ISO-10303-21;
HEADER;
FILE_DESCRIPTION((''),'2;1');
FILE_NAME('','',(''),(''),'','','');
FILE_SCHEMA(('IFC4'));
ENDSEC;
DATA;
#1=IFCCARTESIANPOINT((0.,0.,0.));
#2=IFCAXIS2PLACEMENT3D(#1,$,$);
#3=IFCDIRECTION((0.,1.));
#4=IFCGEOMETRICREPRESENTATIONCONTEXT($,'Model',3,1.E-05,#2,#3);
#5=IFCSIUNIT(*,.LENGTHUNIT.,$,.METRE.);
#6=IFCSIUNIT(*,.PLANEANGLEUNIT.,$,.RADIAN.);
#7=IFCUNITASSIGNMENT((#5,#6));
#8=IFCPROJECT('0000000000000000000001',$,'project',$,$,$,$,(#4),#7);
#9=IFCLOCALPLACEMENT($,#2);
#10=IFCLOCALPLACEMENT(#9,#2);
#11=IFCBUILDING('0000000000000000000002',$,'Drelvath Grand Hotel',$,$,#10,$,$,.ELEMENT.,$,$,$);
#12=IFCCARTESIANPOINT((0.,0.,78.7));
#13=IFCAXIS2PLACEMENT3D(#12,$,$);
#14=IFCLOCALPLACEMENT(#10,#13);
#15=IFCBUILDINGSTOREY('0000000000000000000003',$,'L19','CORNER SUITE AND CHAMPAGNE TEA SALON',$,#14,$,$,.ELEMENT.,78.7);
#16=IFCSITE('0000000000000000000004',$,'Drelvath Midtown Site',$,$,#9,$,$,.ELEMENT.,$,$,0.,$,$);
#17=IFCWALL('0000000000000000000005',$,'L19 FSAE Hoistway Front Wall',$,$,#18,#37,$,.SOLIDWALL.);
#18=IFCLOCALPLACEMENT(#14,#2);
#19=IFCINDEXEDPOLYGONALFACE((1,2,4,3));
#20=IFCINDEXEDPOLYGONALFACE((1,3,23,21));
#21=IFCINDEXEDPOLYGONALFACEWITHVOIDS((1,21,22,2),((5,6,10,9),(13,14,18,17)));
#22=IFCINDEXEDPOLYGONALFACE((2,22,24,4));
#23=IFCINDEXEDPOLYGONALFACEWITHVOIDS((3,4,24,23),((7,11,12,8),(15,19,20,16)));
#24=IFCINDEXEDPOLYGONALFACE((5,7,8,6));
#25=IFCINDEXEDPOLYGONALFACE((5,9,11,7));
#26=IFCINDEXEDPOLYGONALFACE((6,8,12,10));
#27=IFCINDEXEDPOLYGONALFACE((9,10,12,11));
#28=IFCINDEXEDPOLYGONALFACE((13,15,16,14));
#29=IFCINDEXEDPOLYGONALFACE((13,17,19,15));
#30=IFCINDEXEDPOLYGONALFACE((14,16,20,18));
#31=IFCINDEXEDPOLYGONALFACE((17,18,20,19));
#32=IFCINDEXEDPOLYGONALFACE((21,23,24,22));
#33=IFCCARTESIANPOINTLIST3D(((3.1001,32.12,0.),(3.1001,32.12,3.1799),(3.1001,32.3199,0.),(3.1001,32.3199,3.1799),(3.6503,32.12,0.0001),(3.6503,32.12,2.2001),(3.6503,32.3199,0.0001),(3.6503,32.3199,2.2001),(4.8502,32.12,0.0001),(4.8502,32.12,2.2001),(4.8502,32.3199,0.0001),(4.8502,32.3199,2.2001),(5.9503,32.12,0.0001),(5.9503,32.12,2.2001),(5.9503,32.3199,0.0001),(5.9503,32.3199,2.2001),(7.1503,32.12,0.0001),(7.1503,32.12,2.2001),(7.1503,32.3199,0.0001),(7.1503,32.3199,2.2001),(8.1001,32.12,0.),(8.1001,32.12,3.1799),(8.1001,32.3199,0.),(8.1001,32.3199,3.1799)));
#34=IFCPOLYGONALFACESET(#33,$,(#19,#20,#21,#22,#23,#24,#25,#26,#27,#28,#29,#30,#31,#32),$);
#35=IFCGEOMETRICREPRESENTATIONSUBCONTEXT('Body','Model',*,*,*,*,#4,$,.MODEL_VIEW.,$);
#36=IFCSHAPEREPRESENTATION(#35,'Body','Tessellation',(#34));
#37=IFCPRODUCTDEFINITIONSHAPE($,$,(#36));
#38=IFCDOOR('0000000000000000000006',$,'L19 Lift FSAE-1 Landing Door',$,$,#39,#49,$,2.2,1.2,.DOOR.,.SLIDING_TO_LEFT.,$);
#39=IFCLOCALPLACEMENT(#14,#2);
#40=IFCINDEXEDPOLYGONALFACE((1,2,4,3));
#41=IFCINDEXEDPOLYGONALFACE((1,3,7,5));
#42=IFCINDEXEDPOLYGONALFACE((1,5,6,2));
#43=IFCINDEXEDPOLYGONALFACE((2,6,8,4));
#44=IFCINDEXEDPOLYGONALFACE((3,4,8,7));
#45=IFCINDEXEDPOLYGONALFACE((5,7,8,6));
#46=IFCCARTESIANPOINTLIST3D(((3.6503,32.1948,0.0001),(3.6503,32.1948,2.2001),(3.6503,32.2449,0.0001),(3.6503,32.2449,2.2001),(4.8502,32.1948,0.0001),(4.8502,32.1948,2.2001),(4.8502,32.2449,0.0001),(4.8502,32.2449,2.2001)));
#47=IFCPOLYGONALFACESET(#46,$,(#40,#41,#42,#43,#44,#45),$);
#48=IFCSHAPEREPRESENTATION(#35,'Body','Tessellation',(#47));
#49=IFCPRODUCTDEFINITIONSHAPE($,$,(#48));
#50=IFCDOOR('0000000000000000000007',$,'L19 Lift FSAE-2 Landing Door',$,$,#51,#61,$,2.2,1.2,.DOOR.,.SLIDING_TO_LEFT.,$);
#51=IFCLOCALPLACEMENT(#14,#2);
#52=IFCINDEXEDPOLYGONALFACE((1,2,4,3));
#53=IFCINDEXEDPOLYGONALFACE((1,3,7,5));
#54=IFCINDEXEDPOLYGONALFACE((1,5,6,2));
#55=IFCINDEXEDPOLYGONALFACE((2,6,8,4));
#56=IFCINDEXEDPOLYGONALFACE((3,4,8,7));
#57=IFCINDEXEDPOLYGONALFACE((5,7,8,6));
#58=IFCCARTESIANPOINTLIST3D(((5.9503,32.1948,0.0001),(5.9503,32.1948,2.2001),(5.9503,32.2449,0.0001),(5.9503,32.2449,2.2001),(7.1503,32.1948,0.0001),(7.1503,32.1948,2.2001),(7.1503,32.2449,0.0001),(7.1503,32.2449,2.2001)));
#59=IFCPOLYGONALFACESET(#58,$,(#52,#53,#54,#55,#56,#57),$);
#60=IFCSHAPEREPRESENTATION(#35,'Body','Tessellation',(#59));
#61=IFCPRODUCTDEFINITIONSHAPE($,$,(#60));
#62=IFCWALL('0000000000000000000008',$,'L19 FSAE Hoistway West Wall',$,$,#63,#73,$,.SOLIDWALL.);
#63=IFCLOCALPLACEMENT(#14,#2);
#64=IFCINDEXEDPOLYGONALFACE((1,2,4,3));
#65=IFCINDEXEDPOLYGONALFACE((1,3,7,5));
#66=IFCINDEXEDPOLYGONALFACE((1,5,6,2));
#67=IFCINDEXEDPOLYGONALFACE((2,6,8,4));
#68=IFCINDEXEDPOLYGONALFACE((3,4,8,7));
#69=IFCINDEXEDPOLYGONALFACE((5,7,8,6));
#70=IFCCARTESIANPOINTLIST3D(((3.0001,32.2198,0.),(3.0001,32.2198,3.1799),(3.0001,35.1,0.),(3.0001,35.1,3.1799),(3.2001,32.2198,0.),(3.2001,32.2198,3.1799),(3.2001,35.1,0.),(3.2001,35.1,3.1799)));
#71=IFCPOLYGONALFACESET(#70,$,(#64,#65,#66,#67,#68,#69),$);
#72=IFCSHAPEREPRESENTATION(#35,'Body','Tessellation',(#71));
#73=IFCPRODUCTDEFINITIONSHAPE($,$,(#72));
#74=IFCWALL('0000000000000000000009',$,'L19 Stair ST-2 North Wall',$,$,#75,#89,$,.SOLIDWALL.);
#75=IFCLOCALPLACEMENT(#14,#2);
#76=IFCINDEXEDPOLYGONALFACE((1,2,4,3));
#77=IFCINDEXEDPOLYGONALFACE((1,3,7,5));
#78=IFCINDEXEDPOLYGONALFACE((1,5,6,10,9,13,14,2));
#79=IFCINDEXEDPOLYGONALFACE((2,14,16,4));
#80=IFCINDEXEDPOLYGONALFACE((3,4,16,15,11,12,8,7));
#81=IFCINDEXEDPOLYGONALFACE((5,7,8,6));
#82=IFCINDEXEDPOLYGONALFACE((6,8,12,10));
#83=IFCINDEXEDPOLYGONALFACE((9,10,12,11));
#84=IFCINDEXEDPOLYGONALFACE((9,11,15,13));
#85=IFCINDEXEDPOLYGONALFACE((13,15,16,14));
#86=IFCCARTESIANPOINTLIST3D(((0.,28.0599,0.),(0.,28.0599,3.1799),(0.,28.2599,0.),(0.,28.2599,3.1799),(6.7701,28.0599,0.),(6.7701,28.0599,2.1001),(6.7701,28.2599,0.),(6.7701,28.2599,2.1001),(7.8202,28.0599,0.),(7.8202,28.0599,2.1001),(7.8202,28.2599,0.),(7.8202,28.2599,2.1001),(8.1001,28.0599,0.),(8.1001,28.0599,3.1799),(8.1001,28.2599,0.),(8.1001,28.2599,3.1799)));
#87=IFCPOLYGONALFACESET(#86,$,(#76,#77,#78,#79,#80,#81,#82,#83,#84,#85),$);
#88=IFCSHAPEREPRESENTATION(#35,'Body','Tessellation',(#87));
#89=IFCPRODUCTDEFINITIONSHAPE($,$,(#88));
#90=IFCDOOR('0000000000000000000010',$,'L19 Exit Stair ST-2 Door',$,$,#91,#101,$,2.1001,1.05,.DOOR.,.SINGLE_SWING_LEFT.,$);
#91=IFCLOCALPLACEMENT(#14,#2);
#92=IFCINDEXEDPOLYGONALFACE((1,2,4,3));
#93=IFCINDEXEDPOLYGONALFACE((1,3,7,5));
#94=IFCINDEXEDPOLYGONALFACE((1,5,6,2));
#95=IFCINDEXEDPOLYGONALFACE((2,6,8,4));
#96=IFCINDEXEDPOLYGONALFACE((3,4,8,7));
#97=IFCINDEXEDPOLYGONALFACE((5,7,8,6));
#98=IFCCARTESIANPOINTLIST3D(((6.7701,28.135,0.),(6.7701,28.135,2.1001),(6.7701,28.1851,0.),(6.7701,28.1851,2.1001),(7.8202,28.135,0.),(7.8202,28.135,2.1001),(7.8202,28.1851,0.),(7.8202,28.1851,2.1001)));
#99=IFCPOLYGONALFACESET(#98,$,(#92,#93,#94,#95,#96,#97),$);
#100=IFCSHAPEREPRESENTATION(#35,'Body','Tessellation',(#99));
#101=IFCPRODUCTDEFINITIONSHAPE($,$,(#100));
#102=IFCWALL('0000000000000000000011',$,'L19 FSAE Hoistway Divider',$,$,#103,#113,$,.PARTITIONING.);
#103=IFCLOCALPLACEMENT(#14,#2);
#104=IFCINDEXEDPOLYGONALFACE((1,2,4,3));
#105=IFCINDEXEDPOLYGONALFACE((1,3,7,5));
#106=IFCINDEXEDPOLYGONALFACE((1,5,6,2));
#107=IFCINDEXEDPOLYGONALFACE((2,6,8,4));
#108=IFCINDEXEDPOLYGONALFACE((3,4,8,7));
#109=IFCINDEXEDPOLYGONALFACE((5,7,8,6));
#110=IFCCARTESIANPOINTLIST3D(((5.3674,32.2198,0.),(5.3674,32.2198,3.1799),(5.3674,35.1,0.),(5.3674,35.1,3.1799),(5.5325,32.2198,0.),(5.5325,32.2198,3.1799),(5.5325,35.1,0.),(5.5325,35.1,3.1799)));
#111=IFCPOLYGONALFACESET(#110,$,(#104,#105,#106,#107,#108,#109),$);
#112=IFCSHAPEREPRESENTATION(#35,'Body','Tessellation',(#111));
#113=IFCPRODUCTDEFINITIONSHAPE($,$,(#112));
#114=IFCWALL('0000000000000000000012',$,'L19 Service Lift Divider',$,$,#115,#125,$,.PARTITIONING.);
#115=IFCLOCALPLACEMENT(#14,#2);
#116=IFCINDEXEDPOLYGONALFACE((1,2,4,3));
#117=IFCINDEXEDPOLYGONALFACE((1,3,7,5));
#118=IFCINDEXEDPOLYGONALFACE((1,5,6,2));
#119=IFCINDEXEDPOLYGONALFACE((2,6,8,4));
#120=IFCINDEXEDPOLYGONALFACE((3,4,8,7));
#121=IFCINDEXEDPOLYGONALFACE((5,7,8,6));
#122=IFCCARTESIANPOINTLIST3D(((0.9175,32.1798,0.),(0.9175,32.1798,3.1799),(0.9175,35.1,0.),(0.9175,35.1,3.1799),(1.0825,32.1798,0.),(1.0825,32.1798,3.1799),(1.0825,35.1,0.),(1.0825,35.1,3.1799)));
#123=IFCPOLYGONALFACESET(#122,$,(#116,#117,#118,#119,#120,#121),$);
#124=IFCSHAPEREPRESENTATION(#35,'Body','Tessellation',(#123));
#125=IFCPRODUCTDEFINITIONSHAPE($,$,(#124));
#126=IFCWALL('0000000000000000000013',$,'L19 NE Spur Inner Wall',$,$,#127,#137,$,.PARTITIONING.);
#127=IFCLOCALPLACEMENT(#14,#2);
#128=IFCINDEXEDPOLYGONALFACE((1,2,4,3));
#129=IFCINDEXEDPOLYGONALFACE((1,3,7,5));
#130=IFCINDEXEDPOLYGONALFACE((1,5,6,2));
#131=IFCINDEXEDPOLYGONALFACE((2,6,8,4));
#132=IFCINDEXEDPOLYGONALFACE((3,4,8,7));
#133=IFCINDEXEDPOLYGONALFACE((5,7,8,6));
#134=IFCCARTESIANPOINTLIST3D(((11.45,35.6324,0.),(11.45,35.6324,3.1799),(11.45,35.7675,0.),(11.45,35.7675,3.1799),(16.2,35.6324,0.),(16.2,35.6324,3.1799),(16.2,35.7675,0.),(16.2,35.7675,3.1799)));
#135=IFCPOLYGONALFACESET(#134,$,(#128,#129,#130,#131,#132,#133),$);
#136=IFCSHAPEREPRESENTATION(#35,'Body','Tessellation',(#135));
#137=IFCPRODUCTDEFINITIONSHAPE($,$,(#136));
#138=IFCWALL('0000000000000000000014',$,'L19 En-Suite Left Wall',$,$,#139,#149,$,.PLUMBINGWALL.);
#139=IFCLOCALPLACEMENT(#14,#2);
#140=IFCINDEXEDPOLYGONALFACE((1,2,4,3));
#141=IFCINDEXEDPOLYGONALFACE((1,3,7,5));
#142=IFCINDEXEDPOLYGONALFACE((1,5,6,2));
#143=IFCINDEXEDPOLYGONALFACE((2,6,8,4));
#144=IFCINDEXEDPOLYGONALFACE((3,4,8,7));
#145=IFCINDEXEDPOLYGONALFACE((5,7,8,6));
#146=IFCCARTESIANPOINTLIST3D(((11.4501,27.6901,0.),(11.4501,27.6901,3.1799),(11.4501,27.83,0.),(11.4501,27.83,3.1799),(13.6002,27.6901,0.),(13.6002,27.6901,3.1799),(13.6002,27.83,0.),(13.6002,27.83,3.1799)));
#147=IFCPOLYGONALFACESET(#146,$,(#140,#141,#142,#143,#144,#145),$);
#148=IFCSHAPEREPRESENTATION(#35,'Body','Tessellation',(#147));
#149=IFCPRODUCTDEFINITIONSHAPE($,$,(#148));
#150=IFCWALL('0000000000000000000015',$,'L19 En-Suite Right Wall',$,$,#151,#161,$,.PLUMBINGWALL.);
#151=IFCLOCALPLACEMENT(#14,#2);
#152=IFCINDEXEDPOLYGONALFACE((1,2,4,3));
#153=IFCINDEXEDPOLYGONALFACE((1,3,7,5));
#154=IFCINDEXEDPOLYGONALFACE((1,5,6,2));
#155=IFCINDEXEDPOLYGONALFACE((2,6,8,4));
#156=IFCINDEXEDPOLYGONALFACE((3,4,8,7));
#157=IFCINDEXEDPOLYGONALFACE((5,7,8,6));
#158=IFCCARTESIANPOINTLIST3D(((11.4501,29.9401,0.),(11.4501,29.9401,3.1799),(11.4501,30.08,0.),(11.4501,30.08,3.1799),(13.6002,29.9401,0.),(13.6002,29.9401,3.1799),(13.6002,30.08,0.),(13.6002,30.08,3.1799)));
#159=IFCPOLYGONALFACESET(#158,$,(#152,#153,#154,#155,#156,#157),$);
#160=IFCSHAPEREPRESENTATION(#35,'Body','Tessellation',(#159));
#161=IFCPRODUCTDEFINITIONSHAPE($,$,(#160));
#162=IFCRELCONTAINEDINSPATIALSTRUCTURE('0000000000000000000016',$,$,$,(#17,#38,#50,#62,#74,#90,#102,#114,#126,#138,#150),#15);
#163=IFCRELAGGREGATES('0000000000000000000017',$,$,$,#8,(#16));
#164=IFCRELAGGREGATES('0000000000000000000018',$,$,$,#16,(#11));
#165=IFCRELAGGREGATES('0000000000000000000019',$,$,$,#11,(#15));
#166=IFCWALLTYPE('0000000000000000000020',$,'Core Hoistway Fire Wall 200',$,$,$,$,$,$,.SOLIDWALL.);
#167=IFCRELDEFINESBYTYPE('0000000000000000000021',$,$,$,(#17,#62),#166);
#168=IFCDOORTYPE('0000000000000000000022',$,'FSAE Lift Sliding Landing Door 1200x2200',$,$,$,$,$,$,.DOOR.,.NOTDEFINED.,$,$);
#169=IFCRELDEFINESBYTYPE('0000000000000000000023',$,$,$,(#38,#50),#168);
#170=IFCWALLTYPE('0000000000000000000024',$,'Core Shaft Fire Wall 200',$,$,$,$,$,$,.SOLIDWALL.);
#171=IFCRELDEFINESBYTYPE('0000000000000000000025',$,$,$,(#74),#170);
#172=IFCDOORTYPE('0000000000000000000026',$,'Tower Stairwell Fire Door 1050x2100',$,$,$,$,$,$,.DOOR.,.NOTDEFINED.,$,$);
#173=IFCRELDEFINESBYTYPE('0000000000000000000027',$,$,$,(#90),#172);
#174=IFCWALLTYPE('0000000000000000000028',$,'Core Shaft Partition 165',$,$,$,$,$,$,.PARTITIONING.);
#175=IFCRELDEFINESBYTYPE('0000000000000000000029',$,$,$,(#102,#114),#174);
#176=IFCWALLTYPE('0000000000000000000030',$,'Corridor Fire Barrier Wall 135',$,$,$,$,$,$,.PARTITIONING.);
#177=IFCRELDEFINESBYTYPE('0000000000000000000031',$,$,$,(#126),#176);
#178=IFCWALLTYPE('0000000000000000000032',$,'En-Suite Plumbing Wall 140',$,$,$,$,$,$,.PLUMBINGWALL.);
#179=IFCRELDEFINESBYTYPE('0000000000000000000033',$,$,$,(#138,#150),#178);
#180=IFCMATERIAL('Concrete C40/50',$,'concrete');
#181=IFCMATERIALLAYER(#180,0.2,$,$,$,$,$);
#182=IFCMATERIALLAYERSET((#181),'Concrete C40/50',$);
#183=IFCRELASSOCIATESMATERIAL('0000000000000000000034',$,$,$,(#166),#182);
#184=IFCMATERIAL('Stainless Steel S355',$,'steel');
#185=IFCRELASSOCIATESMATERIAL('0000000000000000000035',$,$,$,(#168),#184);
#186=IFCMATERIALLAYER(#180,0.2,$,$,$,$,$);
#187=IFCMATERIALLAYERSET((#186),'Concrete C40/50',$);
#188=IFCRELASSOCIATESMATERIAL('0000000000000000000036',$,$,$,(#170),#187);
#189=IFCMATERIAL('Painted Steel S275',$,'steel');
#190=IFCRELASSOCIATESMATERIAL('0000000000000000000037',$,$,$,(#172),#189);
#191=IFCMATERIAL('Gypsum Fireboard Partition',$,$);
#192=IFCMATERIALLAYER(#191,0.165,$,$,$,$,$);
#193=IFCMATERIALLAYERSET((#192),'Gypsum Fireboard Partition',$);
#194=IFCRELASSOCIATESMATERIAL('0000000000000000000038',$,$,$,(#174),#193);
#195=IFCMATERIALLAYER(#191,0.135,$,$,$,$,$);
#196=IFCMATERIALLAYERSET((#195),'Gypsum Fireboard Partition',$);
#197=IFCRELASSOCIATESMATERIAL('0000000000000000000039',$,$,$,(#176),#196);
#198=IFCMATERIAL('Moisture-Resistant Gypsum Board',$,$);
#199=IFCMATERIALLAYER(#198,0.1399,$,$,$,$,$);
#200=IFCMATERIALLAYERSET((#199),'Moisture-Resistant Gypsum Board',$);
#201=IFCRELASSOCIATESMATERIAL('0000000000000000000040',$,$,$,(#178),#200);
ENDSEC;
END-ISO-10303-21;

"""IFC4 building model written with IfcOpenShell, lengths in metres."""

from ifc_helpers import new_model, si_unit, direction, frame, frame_2d, origin, place, context, subcontext, project, spatial, rectangle, extrude, material, layer, layer_set, type_object, element, fill, save


model = new_model("IFC4")

# Units and contexts
model_context = context("Model", 3, precision=1e-05, world=origin(), true_north=direction((0.0, 1.0)))
body_context = subcontext(model_context, "Body", "Model", "MODEL_VIEW")
ifc_project = project(units=[si_unit("LENGTHUNIT", "METRE"), si_unit("PLANEANGLEUNIT", "RADIAN")], contexts=[model_context])

# Site, building, storey
site_placement = place(None, origin())
site = spatial("IfcSite", under=ifc_project, at=site_placement, Name="Drelvath Midtown Site", CompositionType="ELEMENT", RefElevation=0.0)
building_placement = place(site_placement, origin())
building = spatial("IfcBuilding", under=site, at=building_placement, Name="Drelvath Grand Hotel", CompositionType="ELEMENT")
storey_placement = place(building_placement, frame((0.0, 0.0, 78.7)))
storey = spatial("IfcBuildingStorey", under=building, at=storey_placement, Name="L19", Description="CORNER SUITE AND CHAMPAGNE TEA SALON", CompositionType="ELEMENT", Elevation=78.7)

# Wall, openings, doors
ifc_material_1 = material(Name="Concrete C40/50", Category="concrete")
ifc_layer_1 = layer(ifc_material_1, 0.2)
ifc_layer_set_1 = layer_set([ifc_layer_1], Name="Concrete C40/50")
wall_type_1 = type_object("IfcWallType", Name="Core Hoistway Fire Wall 200", PredefinedType="SOLIDWALL", material=ifc_layer_set_1)
wall_1_placement = place(storey_placement, frame((3.1001, 32.22, 0.0), z_axis=(0.0, 0.0, 1.0), x_axis=(1.0, 0.0, 0.0)))
wall_1 = element("IfcWall", 1, at=wall_1_placement, inside=storey, type_object=wall_type_1, Name="L19 FSAE Hoistway Front Wall", PredefinedType="SOLIDWALL", context=body_context, shape_type="SweptSolid", body=[
    extrude(rectangle(XDim=5.0, YDim=0.2, at=frame_2d((2.5, 0.0))), origin(), (0.0, 0.0, 1.0), 3.1799),
])
opening_1_placement = place(wall_1_placement, frame((0.55, 0.0, 0.0)))
opening_1 = element("IfcOpeningElement", 2, at=opening_1_placement, cuts=wall_1, PredefinedType="OPENING", context=body_context, shape_type="SweptSolid", body=[
    extrude(rectangle(XDim=1.2, YDim=2.2, at=frame_2d((0.6001, 1.1001))), frame((0.0, 0.1099, 0.0), z_axis=(0.0, -1.0, 0.0), x_axis=(1.0, 0.0, 0.0)), (0.0, 0.0, 1.0), 0.22),
])
opening_2_placement = place(wall_1_placement, frame((2.8501, 0.0, 0.0)))
opening_2 = element("IfcOpeningElement", 3, at=opening_2_placement, cuts=wall_1, PredefinedType="OPENING", context=body_context, shape_type="SweptSolid", body=[
    extrude(rectangle(XDim=1.2, YDim=2.2, at=frame_2d((0.6001, 1.1001))), frame((0.0, 0.1099, 0.0), z_axis=(0.0, -1.0, 0.0), x_axis=(1.0, 0.0, 0.0)), (0.0, 0.0, 1.0), 0.22),
])
ifc_material_2 = material(Name="Stainless Steel S355", Category="steel")
door_type_1 = type_object("IfcDoorType", Name="FSAE Lift Sliding Landing Door 1200x2200", OperationType="NOTDEFINED", PredefinedType="DOOR", material=ifc_material_2)
door_1_placement = place(opening_1_placement, origin())
door_1 = element("IfcDoor", 4, at=door_1_placement, inside=storey, type_object=door_type_1, Name="L19 Lift FSAE-1 Landing Door", OperationType="SLIDING_TO_LEFT", OverallHeight=2.2, OverallWidth=1.2, PredefinedType="DOOR", context=body_context, shape_type="SweptSolid", body=[
    extrude(rectangle(XDim=1.2, YDim=2.2, at=frame_2d((0.6001, 1.1001))), frame((0.0, 0.0249, 0.0), z_axis=(0.0, -1.0, 0.0), x_axis=(1.0, 0.0, 0.0)), (0.0, 0.0, 1.0), 0.05),
])
fill(opening_1, door_1)
door_2_placement = place(opening_2_placement, origin())
door_2 = element("IfcDoor", 5, at=door_2_placement, inside=storey, type_object=door_type_1, Name="L19 Lift FSAE-2 Landing Door", OperationType="SLIDING_TO_LEFT", OverallHeight=2.2, OverallWidth=1.2, PredefinedType="DOOR", context=body_context, shape_type="SweptSolid", body=[
    extrude(rectangle(XDim=1.2, YDim=2.2, at=frame_2d((0.6001, 1.1001))), frame((0.0, 0.0249, 0.0), z_axis=(0.0, -1.0, 0.0), x_axis=(1.0, 0.0, 0.0)), (0.0, 0.0, 1.0), 0.05),
])
fill(opening_2, door_2)

# Wall
wall_2_placement = place(storey_placement, frame((3.1001, 32.22, 0.0), z_axis=(0.0, 0.0, 1.0), x_axis=(0.0, 1.0, 0.0)))
element("IfcWall", 6, at=wall_2_placement, inside=storey, type_object=wall_type_1, Name="L19 FSAE Hoistway West Wall", PredefinedType="SOLIDWALL", context=body_context, shape_type="SweptSolid", body=[
    extrude(rectangle(XDim=2.8801, YDim=0.2, at=frame_2d((1.4399, 0.0))), origin(), (0.0, 0.0, 1.0), 3.1799),
])

# Wall, opening, door
ifc_layer_2 = layer(ifc_material_1, 0.2)
ifc_layer_set_2 = layer_set([ifc_layer_2], Name="Concrete C40/50")
wall_type_2 = type_object("IfcWallType", Name="Core Shaft Fire Wall 200", PredefinedType="SOLIDWALL", material=ifc_layer_set_2)
wall_3_placement = place(storey_placement, frame((8.1001, 28.1599, 0.0), z_axis=(0.0, 0.0, 1.0), x_axis=(-1.0, 0.0, 0.0)))
wall_3 = element("IfcWall", 7, at=wall_3_placement, inside=storey, type_object=wall_type_2, Name="L19 Stair ST-2 North Wall", PredefinedType="SOLIDWALL", context=body_context, shape_type="SweptSolid", body=[
    extrude(rectangle(XDim=8.1001, YDim=0.2, at=frame_2d((4.05, 0.0))), origin(), (0.0, 0.0, 1.0), 3.1799),
])
opening_3_placement = place(wall_3_placement, frame((0.28, 0.0, 0.0)))
opening_3 = element("IfcOpeningElement", 8, at=opening_3_placement, cuts=wall_3, PredefinedType="OPENING", context=body_context, shape_type="SweptSolid", body=[
    extrude(rectangle(XDim=1.05, YDim=2.1001, at=frame_2d((0.5249, 1.05))), frame((0.0, 0.1099, 0.0), z_axis=(0.0, -1.0, 0.0), x_axis=(1.0, 0.0, 0.0)), (0.0, 0.0, 1.0), 0.22),
])
ifc_material_3 = material(Name="Painted Steel S275", Category="steel")
door_type_2 = type_object("IfcDoorType", Name="Tower Stairwell Fire Door 1050x2100", OperationType="NOTDEFINED", PredefinedType="DOOR", material=ifc_material_3)
door_3_placement = place(opening_3_placement, origin())
door_3 = element("IfcDoor", 9, at=door_3_placement, inside=storey, type_object=door_type_2, Name="L19 Exit Stair ST-2 Door", OperationType="SINGLE_SWING_LEFT", OverallHeight=2.1001, OverallWidth=1.05, PredefinedType="DOOR", context=body_context, shape_type="SweptSolid", body=[
    extrude(rectangle(XDim=1.05, YDim=2.1001, at=frame_2d((0.5249, 1.05))), frame((0.0, 0.0249, 0.0), z_axis=(0.0, -1.0, 0.0), x_axis=(1.0, 0.0, 0.0)), (0.0, 0.0, 1.0), 0.05),
])
fill(opening_3, door_3)

# Walls
ifc_material_4 = material(Name="Gypsum Fireboard Partition")
ifc_layer_3 = layer(ifc_material_4, 0.165)
ifc_layer_set_3 = layer_set([ifc_layer_3], Name="Gypsum Fireboard Partition")
wall_type_3 = type_object("IfcWallType", Name="Core Shaft Partition 165", PredefinedType="PARTITIONING", material=ifc_layer_set_3)
wall_4_placement = place(storey_placement, frame((5.45, 32.22, 0.0), z_axis=(0.0, 0.0, 1.0), x_axis=(0.0, 1.0, 0.0)))
element("IfcWall", 10, at=wall_4_placement, inside=storey, type_object=wall_type_3, Name="L19 FSAE Hoistway Divider", PredefinedType="PARTITIONING", context=body_context, shape_type="SweptSolid", body=[
    extrude(rectangle(XDim=2.8801, YDim=0.165, at=frame_2d((1.4399, 0.0))), origin(), (0.0, 0.0, 1.0), 3.1799),
])
wall_5_placement = place(storey_placement, frame((1.0, 32.1799, 0.0), z_axis=(0.0, 0.0, 1.0), x_axis=(0.0, 1.0, 0.0)))
element("IfcWall", 11, at=wall_5_placement, inside=storey, type_object=wall_type_3, Name="L19 Service Lift Divider", PredefinedType="PARTITIONING", context=body_context, shape_type="SweptSolid", body=[
    extrude(rectangle(XDim=2.9202, YDim=0.165, at=frame_2d((1.46, 0.0))), origin(), (0.0, 0.0, 1.0), 3.1799),
])
ifc_layer_4 = layer(ifc_material_4, 0.135)
ifc_layer_set_4 = layer_set([ifc_layer_4], Name="Gypsum Fireboard Partition")
wall_type_4 = type_object("IfcWallType", Name="Corridor Fire Barrier Wall 135", PredefinedType="PARTITIONING", material=ifc_layer_set_4)
wall_6_placement = place(storey_placement, frame((11.45, 35.7, 0.0), z_axis=(0.0, 0.0, 1.0), x_axis=(1.0, 0.0, 0.0)))
element("IfcWall", 12, at=wall_6_placement, inside=storey, type_object=wall_type_4, Name="L19 NE Spur Inner Wall", PredefinedType="PARTITIONING", context=body_context, shape_type="SweptSolid", body=[
    extrude(rectangle(XDim=4.75, YDim=0.135, at=frame_2d((2.375, 0.0))), origin(), (0.0, 0.0, 1.0), 3.1799),
])
ifc_material_5 = material(Name="Moisture-Resistant Gypsum Board")
ifc_layer_5 = layer(ifc_material_5, 0.1399)
ifc_layer_set_5 = layer_set([ifc_layer_5], Name="Moisture-Resistant Gypsum Board")
wall_type_5 = type_object("IfcWallType", Name="En-Suite Plumbing Wall 140", PredefinedType="PLUMBINGWALL", material=ifc_layer_set_5)
for number, where, z_axis, x_axis, name in (
    (13, (11.45, 27.76, 0.0), (0.0, 0.0, 1.0), (1.0, 0.0, 0.0), "L19 En-Suite Left Wall"),
    (14, (11.45, 30.01, 0.0), (0.0, 0.0, 1.0), (1.0, 0.0, 0.0), "L19 En-Suite Right Wall"),
):
    element("IfcWall", number, at=place(storey_placement, frame(where, z_axis=z_axis, x_axis=x_axis)), inside=storey, type_object=wall_type_5, Name=name, PredefinedType="PLUMBINGWALL", context=body_context, shape_type="SweptSolid", body=[
        extrude(rectangle(XDim=2.1501, YDim=0.1399, at=frame_2d((1.0752, 0.0))), origin(), (0.0, 0.0, 1.0), 3.1799),
    ])

save(model, "model.ifc")
